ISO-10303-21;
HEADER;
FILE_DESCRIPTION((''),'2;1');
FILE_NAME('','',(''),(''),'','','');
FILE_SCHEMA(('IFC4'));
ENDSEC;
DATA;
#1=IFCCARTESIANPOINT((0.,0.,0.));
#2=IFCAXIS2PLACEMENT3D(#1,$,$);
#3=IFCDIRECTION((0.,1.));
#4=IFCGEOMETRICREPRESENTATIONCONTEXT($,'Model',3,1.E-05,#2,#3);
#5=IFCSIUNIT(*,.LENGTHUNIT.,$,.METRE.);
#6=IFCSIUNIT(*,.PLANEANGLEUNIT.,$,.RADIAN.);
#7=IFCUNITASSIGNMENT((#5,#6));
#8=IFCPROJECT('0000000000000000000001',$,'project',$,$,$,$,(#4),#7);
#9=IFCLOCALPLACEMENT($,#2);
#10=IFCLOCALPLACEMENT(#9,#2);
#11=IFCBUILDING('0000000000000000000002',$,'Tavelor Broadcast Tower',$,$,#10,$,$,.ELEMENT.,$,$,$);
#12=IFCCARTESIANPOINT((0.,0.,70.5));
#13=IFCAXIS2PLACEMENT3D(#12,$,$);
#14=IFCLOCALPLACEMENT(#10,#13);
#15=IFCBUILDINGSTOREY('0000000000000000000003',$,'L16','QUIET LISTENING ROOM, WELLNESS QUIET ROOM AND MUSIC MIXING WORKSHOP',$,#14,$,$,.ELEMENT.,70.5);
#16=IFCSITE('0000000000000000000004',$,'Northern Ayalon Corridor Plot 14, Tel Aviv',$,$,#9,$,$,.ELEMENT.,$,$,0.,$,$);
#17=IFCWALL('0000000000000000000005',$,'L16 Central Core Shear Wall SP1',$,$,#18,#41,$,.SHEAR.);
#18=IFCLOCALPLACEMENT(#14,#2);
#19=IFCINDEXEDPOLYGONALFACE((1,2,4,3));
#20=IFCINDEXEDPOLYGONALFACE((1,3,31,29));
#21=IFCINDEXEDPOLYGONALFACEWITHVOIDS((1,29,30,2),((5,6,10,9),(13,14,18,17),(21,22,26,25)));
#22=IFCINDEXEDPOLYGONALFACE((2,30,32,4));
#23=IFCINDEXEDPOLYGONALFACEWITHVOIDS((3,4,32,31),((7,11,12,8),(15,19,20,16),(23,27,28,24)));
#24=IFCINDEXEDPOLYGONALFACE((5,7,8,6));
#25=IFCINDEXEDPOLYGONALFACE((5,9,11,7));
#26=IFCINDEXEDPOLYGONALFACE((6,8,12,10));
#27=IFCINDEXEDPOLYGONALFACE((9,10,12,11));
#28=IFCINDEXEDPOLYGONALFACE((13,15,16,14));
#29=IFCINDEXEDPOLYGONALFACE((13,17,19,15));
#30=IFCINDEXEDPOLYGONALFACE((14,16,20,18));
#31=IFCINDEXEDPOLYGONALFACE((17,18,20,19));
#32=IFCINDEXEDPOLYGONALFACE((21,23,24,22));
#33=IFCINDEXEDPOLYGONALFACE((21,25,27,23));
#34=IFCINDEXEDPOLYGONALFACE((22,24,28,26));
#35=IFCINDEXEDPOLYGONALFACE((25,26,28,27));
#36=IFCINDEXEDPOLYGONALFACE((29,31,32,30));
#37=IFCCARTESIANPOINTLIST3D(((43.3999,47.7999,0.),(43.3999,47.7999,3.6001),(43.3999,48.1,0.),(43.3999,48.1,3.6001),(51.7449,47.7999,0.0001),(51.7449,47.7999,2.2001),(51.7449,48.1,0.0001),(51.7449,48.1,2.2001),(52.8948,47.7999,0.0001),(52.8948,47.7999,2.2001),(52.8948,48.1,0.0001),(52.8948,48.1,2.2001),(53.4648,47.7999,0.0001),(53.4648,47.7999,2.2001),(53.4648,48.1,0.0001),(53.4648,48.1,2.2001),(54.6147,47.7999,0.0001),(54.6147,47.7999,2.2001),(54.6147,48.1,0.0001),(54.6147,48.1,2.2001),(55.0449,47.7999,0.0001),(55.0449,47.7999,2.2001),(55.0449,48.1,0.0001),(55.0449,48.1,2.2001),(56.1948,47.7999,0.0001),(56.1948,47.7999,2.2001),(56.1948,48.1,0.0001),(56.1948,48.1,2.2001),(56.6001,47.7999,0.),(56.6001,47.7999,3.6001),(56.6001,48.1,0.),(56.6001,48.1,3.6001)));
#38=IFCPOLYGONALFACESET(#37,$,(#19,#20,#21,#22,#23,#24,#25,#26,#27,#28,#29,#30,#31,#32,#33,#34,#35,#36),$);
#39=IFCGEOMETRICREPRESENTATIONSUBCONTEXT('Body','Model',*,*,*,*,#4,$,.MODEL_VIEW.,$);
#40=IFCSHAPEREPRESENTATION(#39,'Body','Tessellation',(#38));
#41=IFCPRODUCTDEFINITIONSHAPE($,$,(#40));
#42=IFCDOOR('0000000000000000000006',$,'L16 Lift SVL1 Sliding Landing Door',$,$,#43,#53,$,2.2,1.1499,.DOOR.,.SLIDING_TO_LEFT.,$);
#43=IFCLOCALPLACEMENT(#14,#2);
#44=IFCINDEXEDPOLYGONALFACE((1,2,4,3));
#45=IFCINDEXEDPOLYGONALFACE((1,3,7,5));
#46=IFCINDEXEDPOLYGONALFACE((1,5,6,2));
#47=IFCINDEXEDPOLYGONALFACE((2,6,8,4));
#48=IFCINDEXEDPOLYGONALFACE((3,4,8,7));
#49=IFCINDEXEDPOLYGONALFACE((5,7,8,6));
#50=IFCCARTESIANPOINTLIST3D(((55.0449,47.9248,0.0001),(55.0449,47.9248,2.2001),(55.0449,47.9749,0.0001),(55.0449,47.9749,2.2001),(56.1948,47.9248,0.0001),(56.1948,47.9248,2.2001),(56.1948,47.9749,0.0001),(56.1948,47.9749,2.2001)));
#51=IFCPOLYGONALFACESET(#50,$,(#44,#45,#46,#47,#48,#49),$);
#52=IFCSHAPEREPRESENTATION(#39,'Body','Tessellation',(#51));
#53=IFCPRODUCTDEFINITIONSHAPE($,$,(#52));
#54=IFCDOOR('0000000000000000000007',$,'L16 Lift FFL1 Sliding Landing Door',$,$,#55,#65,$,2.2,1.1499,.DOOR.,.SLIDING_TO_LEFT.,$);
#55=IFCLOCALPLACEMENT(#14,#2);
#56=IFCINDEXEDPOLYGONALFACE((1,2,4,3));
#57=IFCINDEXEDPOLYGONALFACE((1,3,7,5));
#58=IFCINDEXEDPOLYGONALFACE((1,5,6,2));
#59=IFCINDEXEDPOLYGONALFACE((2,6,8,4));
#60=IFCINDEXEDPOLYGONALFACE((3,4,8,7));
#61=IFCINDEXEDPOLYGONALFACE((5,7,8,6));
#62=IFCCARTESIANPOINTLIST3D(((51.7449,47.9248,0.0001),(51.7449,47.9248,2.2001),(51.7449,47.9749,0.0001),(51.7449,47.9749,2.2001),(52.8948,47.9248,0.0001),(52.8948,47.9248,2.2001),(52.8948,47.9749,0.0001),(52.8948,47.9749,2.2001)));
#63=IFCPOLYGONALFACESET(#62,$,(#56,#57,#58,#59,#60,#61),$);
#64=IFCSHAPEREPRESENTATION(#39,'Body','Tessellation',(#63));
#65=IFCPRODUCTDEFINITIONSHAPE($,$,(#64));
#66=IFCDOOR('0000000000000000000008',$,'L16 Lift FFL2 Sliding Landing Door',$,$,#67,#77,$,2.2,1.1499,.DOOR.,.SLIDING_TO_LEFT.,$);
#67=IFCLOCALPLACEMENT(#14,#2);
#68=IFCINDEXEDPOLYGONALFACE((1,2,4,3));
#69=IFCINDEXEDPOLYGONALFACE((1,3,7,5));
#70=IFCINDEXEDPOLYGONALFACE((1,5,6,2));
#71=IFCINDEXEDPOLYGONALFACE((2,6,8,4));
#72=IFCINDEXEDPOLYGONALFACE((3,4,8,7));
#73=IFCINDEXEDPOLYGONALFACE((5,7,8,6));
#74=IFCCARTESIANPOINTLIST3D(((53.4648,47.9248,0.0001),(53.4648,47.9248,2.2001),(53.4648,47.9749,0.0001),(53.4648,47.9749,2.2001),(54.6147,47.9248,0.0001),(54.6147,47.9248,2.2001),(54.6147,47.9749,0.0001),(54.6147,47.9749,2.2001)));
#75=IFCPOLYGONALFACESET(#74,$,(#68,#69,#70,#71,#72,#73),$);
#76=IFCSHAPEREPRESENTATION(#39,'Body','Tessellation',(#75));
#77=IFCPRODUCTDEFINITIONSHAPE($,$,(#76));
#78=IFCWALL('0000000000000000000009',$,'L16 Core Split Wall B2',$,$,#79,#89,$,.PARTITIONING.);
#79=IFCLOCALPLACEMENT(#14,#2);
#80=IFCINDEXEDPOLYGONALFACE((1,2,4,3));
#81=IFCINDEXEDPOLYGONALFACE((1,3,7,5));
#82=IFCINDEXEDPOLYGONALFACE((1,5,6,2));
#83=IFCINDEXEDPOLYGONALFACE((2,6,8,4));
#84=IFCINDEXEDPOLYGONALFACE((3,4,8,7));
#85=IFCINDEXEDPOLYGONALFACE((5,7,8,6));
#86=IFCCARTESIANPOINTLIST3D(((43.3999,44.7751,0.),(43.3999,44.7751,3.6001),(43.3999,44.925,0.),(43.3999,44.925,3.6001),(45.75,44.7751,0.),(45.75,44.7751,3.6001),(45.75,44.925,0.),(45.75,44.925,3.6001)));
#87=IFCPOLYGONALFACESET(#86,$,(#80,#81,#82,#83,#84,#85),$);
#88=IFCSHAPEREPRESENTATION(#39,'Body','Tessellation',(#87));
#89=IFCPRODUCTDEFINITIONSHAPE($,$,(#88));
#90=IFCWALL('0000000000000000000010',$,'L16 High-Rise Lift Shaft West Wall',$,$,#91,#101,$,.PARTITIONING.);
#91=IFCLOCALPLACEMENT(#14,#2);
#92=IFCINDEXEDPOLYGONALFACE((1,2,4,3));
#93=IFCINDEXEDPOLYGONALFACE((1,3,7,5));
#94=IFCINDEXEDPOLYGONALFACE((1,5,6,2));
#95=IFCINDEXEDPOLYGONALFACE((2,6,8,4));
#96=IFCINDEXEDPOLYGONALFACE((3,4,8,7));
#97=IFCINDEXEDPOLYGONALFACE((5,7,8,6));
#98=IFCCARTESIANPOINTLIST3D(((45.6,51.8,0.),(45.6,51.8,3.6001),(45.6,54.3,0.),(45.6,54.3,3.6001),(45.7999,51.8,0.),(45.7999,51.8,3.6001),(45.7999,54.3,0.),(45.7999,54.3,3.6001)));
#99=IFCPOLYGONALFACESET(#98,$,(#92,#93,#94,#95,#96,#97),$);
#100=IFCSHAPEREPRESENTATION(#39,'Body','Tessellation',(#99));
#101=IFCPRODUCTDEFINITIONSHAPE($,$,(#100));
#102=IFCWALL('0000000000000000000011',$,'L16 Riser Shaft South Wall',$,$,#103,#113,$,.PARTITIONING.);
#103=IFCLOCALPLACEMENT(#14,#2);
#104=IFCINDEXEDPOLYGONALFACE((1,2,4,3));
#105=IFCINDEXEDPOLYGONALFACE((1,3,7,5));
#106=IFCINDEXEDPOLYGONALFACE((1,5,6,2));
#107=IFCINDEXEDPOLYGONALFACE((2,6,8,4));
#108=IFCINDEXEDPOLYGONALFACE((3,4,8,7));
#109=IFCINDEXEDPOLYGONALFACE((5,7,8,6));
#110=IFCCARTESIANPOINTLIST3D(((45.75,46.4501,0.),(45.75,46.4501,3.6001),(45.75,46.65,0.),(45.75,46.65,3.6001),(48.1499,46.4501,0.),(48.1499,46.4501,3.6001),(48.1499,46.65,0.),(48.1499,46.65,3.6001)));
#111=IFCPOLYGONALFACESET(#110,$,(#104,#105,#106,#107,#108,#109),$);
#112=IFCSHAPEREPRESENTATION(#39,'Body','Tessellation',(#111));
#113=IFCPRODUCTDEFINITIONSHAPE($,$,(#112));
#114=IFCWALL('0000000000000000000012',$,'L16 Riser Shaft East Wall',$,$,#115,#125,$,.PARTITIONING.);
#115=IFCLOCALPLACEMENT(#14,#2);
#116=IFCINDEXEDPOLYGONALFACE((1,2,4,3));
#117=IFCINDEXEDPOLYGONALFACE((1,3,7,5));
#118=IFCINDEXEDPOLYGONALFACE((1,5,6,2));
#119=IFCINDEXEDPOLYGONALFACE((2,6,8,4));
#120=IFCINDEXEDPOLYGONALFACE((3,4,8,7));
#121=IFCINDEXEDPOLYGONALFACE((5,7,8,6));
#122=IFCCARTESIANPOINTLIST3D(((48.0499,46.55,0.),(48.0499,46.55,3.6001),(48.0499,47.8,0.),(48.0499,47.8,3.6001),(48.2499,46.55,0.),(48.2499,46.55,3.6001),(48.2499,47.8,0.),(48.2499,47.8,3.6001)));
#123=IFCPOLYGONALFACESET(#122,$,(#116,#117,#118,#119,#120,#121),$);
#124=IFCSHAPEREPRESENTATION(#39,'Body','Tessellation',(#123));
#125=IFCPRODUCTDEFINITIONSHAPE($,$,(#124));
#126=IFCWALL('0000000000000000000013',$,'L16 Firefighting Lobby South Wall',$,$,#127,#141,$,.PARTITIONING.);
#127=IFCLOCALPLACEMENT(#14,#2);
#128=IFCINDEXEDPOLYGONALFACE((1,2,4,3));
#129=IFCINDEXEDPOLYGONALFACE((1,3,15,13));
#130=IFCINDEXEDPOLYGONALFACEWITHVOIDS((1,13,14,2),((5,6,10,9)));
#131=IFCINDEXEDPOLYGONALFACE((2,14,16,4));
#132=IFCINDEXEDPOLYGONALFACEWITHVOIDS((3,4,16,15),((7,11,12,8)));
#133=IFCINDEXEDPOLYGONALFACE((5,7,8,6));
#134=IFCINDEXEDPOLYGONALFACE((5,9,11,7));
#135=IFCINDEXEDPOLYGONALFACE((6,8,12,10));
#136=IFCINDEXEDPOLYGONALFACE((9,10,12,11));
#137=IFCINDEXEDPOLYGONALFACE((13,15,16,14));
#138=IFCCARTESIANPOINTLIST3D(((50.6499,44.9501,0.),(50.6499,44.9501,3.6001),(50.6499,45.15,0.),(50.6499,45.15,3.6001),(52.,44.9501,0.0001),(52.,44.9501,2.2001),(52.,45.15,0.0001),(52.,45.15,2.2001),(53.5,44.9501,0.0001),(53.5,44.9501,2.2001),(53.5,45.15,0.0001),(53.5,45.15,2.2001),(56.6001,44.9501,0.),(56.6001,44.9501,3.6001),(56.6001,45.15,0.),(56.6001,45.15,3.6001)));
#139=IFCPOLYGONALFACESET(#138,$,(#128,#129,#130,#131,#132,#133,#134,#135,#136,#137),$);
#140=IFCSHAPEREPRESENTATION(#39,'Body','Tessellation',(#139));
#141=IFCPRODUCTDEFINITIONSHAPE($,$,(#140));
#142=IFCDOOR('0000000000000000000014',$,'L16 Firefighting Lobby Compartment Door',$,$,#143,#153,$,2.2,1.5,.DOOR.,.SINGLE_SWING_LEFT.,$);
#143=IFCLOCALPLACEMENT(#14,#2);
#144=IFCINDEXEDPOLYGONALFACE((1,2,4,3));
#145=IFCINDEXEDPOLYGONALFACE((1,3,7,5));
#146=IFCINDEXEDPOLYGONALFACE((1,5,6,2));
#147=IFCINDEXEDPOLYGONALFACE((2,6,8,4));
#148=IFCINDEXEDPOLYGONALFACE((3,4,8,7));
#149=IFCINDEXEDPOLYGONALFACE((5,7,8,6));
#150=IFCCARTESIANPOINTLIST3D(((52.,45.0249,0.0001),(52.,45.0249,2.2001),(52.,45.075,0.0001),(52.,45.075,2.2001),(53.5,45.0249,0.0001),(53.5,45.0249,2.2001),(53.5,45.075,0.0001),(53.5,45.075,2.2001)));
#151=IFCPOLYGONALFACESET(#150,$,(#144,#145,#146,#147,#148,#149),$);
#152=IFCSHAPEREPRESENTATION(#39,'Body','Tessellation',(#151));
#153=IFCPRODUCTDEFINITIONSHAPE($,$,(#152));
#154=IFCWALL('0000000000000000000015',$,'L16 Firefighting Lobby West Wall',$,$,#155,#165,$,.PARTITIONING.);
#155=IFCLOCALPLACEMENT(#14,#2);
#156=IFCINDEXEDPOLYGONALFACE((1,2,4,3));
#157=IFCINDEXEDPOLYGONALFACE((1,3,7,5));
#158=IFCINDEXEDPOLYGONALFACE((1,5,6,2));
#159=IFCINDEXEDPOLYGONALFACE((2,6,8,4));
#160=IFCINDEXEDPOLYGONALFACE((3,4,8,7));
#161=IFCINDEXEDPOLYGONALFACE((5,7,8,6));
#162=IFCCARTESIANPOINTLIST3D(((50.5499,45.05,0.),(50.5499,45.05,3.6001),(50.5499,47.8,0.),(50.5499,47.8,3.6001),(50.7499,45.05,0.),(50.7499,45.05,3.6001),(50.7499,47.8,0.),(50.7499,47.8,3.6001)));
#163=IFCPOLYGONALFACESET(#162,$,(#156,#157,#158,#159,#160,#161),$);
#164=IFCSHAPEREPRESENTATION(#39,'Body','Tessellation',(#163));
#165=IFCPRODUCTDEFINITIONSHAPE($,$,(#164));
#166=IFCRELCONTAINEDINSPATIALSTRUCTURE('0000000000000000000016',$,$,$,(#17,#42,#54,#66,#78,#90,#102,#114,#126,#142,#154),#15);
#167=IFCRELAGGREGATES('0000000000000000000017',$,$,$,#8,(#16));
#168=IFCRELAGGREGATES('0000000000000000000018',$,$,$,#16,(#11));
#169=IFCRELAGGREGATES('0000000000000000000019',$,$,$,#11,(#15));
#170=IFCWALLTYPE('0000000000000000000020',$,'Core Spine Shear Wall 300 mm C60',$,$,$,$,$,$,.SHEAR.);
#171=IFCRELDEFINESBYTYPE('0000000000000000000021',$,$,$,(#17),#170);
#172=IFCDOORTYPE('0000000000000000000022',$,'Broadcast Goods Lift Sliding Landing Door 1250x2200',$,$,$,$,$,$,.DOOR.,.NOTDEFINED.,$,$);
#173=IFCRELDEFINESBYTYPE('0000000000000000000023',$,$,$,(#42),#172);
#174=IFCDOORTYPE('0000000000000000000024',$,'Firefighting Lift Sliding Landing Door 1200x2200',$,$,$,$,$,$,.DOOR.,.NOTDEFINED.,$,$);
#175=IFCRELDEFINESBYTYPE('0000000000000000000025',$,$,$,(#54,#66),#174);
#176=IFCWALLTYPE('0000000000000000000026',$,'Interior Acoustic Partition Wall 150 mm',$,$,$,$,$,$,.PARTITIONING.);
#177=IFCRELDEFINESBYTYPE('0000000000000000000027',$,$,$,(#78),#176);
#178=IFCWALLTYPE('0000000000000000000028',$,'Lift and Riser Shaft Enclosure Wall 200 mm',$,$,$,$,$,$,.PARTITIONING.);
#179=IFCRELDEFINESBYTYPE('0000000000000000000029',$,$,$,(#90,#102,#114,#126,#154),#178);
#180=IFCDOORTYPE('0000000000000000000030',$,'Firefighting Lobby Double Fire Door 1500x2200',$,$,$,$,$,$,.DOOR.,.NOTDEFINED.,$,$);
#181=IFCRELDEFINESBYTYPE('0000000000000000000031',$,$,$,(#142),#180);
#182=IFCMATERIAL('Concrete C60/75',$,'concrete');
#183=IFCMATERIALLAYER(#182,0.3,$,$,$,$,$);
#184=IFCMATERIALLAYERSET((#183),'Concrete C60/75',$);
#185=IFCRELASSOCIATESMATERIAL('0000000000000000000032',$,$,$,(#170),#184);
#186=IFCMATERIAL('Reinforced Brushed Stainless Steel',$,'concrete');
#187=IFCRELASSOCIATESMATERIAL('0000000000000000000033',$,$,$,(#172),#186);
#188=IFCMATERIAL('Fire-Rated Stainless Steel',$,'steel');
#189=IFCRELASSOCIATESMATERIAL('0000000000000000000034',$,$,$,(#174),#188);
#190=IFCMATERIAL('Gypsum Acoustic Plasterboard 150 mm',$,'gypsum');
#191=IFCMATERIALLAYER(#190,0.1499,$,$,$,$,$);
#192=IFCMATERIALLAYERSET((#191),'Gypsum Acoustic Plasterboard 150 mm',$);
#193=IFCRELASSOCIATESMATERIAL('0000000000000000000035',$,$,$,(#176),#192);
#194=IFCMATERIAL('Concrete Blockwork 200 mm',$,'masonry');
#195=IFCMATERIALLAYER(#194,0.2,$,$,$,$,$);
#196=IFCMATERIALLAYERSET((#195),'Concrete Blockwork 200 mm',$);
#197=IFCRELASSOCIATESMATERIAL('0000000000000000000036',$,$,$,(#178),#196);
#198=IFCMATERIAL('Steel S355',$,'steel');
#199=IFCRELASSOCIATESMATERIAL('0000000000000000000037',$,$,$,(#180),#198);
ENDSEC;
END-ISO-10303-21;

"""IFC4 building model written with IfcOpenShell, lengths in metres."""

from ifc_helpers import new_model, si_unit, direction, frame, frame_2d, origin, place, context, subcontext, project, spatial, rectangle, extrude, material, layer, layer_set, type_object, element, fill, save


model = new_model("IFC4")

# Units and contexts
model_context = context("Model", 3, precision=1e-05, world=origin(), true_north=direction((0.0, 1.0)))
body_context = subcontext(model_context, "Body", "Model", "MODEL_VIEW")
ifc_project = project(units=[si_unit("LENGTHUNIT", "METRE"), si_unit("PLANEANGLEUNIT", "RADIAN")], contexts=[model_context])

# Site, building, storey
site_placement = place(None, origin())
site = spatial("IfcSite", under=ifc_project, at=site_placement, Name="Northern Ayalon Corridor Plot 14, Tel Aviv", CompositionType="ELEMENT", RefElevation=0.0)
building_placement = place(site_placement, origin())
building = spatial("IfcBuilding", under=site, at=building_placement, Name="Tavelor Broadcast Tower", CompositionType="ELEMENT")
storey_placement = place(building_placement, frame((0.0, 0.0, 70.5)))
storey = spatial("IfcBuildingStorey", under=building, at=storey_placement, Name="L16", Description="QUIET LISTENING ROOM, WELLNESS QUIET ROOM AND MUSIC MIXING WORKSHOP", CompositionType="ELEMENT", Elevation=70.5)

# Shared definitions
ifc_material_1 = material(Name="Steel S355", Category="steel")

# Wall, openings, doors
ifc_material_2 = material(Name="Concrete C60/75", Category="concrete")
ifc_layer_1 = layer(ifc_material_2, 0.3)
ifc_layer_set_1 = layer_set([ifc_layer_1], Name="Concrete C60/75")
wall_type_1 = type_object("IfcWallType", Name="Core Spine Shear Wall 300 mm C60", PredefinedType="SHEAR", material=ifc_layer_set_1)
wall_1_placement = place(storey_placement, frame((43.3999, 47.95, 0.0), z_axis=(0.0, 0.0, 1.0), x_axis=(1.0, 0.0, 0.0)))
wall_1 = element("IfcWall", 1, at=wall_1_placement, inside=storey, type_object=wall_type_1, Name="L16 Central Core Shear Wall SP1", PredefinedType="SHEAR", context=body_context, shape_type="SweptSolid", body=[
    extrude(rectangle(XDim=13.2002, YDim=0.3, at=frame_2d((6.6001, 0.0))), origin(), (0.0, 0.0, 1.0), 3.6001),
])
opening_1_placement = place(wall_1_placement, frame((8.345, 0.0, 0.0)))
opening_1 = element("IfcOpeningElement", 2, at=opening_1_placement, cuts=wall_1, PredefinedType="OPENING", context=body_context, shape_type="SweptSolid", body=[
    extrude(rectangle(XDim=1.1499, YDim=2.2, at=frame_2d((0.575, 1.1001))), frame((0.0, 0.1602, 0.0), z_axis=(0.0, -1.0, 0.0), x_axis=(1.0, 0.0, 0.0)), (0.0, 0.0, 1.0), 0.3201),
])
opening_2_placement = place(wall_1_placement, frame((10.0649, 0.0, 0.0)))
opening_2 = element("IfcOpeningElement", 3, at=opening_2_placement, cuts=wall_1, PredefinedType="OPENING", context=body_context, shape_type="SweptSolid", body=[
    extrude(rectangle(XDim=1.1499, YDim=2.2, at=frame_2d((0.575, 1.1001))), frame((0.0, 0.1602, 0.0), z_axis=(0.0, -1.0, 0.0), x_axis=(1.0, 0.0, 0.0)), (0.0, 0.0, 1.0), 0.3201),
])
opening_3_placement = place(wall_1_placement, frame((11.645, 0.0, 0.0)))
opening_3 = element("IfcOpeningElement", 4, at=opening_3_placement, cuts=wall_1, PredefinedType="OPENING", context=body_context, shape_type="SweptSolid", body=[
    extrude(rectangle(XDim=1.1499, YDim=2.2, at=frame_2d((0.575, 1.1001))), frame((0.0, 0.1602, 0.0), z_axis=(0.0, -1.0, 0.0), x_axis=(1.0, 0.0, 0.0)), (0.0, 0.0, 1.0), 0.3201),
])
ifc_material_3 = material(Name="Reinforced Brushed Stainless Steel", Category="concrete")
door_type_1 = type_object("IfcDoorType", Name="Broadcast Goods Lift Sliding Landing Door 1250x2200", OperationType="NOTDEFINED", PredefinedType="DOOR", material=ifc_material_3)
door_1_placement = place(opening_3_placement, origin())
door_1 = element("IfcDoor", 5, at=door_1_placement, inside=storey, type_object=door_type_1, Name="L16 Lift SVL1 Sliding Landing Door", OperationType="SLIDING_TO_LEFT", OverallHeight=2.2, OverallWidth=1.1499, PredefinedType="DOOR", context=body_context, shape_type="SweptSolid", body=[
    extrude(rectangle(XDim=1.1499, YDim=2.2, at=frame_2d((0.575, 1.1001))), frame((0.0, 0.0249, 0.0), z_axis=(0.0, -1.0, 0.0), x_axis=(1.0, 0.0, 0.0)), (0.0, 0.0, 1.0), 0.05),
])
fill(opening_3, door_1)
ifc_material_4 = material(Name="Fire-Rated Stainless Steel", Category="steel")
door_type_2 = type_object("IfcDoorType", Name="Firefighting Lift Sliding Landing Door 1200x2200", OperationType="NOTDEFINED", PredefinedType="DOOR", material=ifc_material_4)
door_2_placement = place(opening_1_placement, origin())
door_2 = element("IfcDoor", 6, at=door_2_placement, inside=storey, type_object=door_type_2, Name="L16 Lift FFL1 Sliding Landing Door", OperationType="SLIDING_TO_LEFT", OverallHeight=2.2, OverallWidth=1.1499, PredefinedType="DOOR", context=body_context, shape_type="SweptSolid", body=[
    extrude(rectangle(XDim=1.1499, YDim=2.2, at=frame_2d((0.575, 1.1001))), frame((0.0, 0.0249, 0.0), z_axis=(0.0, -1.0, 0.0), x_axis=(1.0, 0.0, 0.0)), (0.0, 0.0, 1.0), 0.05),
])
fill(opening_1, door_2)
door_3_placement = place(opening_2_placement, origin())
door_3 = element("IfcDoor", 7, at=door_3_placement, inside=storey, type_object=door_type_2, Name="L16 Lift FFL2 Sliding Landing Door", OperationType="SLIDING_TO_LEFT", OverallHeight=2.2, OverallWidth=1.1499, PredefinedType="DOOR", context=body_context, shape_type="SweptSolid", body=[
    extrude(rectangle(XDim=1.1499, YDim=2.2, at=frame_2d((0.575, 1.1001))), frame((0.0, 0.0249, 0.0), z_axis=(0.0, -1.0, 0.0), x_axis=(1.0, 0.0, 0.0)), (0.0, 0.0, 1.0), 0.05),
])
fill(opening_2, door_3)

# Walls
ifc_material_5 = material(Name="Gypsum Acoustic Plasterboard 150 mm", Category="gypsum")
ifc_layer_2 = layer(ifc_material_5, 0.1499)
ifc_layer_set_2 = layer_set([ifc_layer_2], Name="Gypsum Acoustic Plasterboard 150 mm")
wall_type_2 = type_object("IfcWallType", Name="Interior Acoustic Partition Wall 150 mm", PredefinedType="PARTITIONING", material=ifc_layer_set_2)
wall_2_placement = place(storey_placement, frame((43.3999, 44.8501, 0.0), z_axis=(0.0, 0.0, 1.0), x_axis=(1.0, 0.0, 0.0)))
element("IfcWall", 8, at=wall_2_placement, inside=storey, type_object=wall_type_2, Name="L16 Core Split Wall B2", PredefinedType="PARTITIONING", context=body_context, shape_type="SweptSolid", body=[
    extrude(rectangle(XDim=2.3501, YDim=0.1499, at=frame_2d((1.175, 0.0))), origin(), (0.0, 0.0, 1.0), 3.6001),
])
ifc_material_6 = material(Name="Concrete Blockwork 200 mm", Category="masonry")
ifc_layer_3 = layer(ifc_material_6, 0.2)
ifc_layer_set_3 = layer_set([ifc_layer_3], Name="Concrete Blockwork 200 mm")
wall_type_3 = type_object("IfcWallType", Name="Lift and Riser Shaft Enclosure Wall 200 mm", PredefinedType="PARTITIONING", material=ifc_layer_set_3)
wall_3_placement = place(storey_placement, frame((45.7, 51.8, 0.0), z_axis=(0.0, 0.0, 1.0), x_axis=(0.0, 1.0, 0.0)))
element("IfcWall", 9, at=wall_3_placement, inside=storey, type_object=wall_type_3, Name="L16 High-Rise Lift Shaft West Wall", PredefinedType="PARTITIONING", context=body_context, shape_type="SweptSolid", body=[
    extrude(rectangle(XDim=2.5, YDim=0.2, at=frame_2d((1.25, 0.0))), origin(), (0.0, 0.0, 1.0), 3.6001),
])
wall_4_placement = place(storey_placement, frame((45.75, 46.55, 0.0), z_axis=(0.0, 0.0, 1.0), x_axis=(1.0, 0.0, 0.0)))
element("IfcWall", 10, at=wall_4_placement, inside=storey, type_object=wall_type_3, Name="L16 Riser Shaft South Wall", PredefinedType="PARTITIONING", context=body_context, shape_type="SweptSolid", body=[
    extrude(rectangle(XDim=2.3999, YDim=0.2, at=frame_2d((1.2, 0.0))), origin(), (0.0, 0.0, 1.0), 3.6001),
])
wall_5_placement = place(storey_placement, frame((48.1499, 46.55, 0.0), z_axis=(0.0, 0.0, 1.0), x_axis=(0.0, 1.0, 0.0)))
element("IfcWall", 11, at=wall_5_placement, inside=storey, type_object=wall_type_3, Name="L16 Riser Shaft East Wall", PredefinedType="PARTITIONING", context=body_context, shape_type="SweptSolid", body=[
    extrude(rectangle(XDim=1.25, YDim=0.2, at=frame_2d((0.625, 0.0))), origin(), (0.0, 0.0, 1.0), 3.6001),
])

# Wall, opening, door
wall_6_placement = place(storey_placement, frame((50.6499, 45.05, 0.0), z_axis=(0.0, 0.0, 1.0), x_axis=(1.0, 0.0, 0.0)))
wall_6 = element("IfcWall", 12, at=wall_6_placement, inside=storey, type_object=wall_type_3, Name="L16 Firefighting Lobby South Wall", PredefinedType="PARTITIONING", context=body_context, shape_type="SweptSolid", body=[
    extrude(rectangle(XDim=5.9502, YDim=0.2, at=frame_2d((2.9751, 0.0))), origin(), (0.0, 0.0, 1.0), 3.6001),
])
opening_4_placement = place(wall_6_placement, frame((1.3501, 0.0, 0.0)))
opening_4 = element("IfcOpeningElement", 13, at=opening_4_placement, cuts=wall_6, PredefinedType="OPENING", context=body_context, shape_type="SweptSolid", body=[
    extrude(rectangle(XDim=1.5, YDim=2.2, at=frame_2d((0.75, 1.1001))), frame((0.0, 0.1099, 0.0), z_axis=(0.0, -1.0, 0.0), x_axis=(1.0, 0.0, 0.0)), (0.0, 0.0, 1.0), 0.22),
])
door_type_3 = type_object("IfcDoorType", Name="Firefighting Lobby Double Fire Door 1500x2200", OperationType="NOTDEFINED", PredefinedType="DOOR", material=ifc_material_1)
door_4_placement = place(opening_4_placement, origin())
door_4 = element("IfcDoor", 14, at=door_4_placement, inside=storey, type_object=door_type_3, Name="L16 Firefighting Lobby Compartment Door", OperationType="SINGLE_SWING_LEFT", OverallHeight=2.2, OverallWidth=1.5, PredefinedType="DOOR", context=body_context, shape_type="SweptSolid", body=[
    extrude(rectangle(XDim=1.5, YDim=2.2, at=frame_2d((0.75, 1.1001))), frame((0.0, 0.0249, 0.0), z_axis=(0.0, -1.0, 0.0), x_axis=(1.0, 0.0, 0.0)), (0.0, 0.0, 1.0), 0.05),
])
fill(opening_4, door_4)

# Wall
wall_7_placement = place(storey_placement, frame((50.6499, 45.05, 0.0), z_axis=(0.0, 0.0, 1.0), x_axis=(0.0, 1.0, 0.0)))
element("IfcWall", 15, at=wall_7_placement, inside=storey, type_object=wall_type_3, Name="L16 Firefighting Lobby West Wall", PredefinedType="PARTITIONING", context=body_context, shape_type="SweptSolid", body=[
    extrude(rectangle(XDim=2.75, YDim=0.2, at=frame_2d((1.375, 0.0))), origin(), (0.0, 0.0, 1.0), 3.6001),
])

save(model, "model.ifc")
